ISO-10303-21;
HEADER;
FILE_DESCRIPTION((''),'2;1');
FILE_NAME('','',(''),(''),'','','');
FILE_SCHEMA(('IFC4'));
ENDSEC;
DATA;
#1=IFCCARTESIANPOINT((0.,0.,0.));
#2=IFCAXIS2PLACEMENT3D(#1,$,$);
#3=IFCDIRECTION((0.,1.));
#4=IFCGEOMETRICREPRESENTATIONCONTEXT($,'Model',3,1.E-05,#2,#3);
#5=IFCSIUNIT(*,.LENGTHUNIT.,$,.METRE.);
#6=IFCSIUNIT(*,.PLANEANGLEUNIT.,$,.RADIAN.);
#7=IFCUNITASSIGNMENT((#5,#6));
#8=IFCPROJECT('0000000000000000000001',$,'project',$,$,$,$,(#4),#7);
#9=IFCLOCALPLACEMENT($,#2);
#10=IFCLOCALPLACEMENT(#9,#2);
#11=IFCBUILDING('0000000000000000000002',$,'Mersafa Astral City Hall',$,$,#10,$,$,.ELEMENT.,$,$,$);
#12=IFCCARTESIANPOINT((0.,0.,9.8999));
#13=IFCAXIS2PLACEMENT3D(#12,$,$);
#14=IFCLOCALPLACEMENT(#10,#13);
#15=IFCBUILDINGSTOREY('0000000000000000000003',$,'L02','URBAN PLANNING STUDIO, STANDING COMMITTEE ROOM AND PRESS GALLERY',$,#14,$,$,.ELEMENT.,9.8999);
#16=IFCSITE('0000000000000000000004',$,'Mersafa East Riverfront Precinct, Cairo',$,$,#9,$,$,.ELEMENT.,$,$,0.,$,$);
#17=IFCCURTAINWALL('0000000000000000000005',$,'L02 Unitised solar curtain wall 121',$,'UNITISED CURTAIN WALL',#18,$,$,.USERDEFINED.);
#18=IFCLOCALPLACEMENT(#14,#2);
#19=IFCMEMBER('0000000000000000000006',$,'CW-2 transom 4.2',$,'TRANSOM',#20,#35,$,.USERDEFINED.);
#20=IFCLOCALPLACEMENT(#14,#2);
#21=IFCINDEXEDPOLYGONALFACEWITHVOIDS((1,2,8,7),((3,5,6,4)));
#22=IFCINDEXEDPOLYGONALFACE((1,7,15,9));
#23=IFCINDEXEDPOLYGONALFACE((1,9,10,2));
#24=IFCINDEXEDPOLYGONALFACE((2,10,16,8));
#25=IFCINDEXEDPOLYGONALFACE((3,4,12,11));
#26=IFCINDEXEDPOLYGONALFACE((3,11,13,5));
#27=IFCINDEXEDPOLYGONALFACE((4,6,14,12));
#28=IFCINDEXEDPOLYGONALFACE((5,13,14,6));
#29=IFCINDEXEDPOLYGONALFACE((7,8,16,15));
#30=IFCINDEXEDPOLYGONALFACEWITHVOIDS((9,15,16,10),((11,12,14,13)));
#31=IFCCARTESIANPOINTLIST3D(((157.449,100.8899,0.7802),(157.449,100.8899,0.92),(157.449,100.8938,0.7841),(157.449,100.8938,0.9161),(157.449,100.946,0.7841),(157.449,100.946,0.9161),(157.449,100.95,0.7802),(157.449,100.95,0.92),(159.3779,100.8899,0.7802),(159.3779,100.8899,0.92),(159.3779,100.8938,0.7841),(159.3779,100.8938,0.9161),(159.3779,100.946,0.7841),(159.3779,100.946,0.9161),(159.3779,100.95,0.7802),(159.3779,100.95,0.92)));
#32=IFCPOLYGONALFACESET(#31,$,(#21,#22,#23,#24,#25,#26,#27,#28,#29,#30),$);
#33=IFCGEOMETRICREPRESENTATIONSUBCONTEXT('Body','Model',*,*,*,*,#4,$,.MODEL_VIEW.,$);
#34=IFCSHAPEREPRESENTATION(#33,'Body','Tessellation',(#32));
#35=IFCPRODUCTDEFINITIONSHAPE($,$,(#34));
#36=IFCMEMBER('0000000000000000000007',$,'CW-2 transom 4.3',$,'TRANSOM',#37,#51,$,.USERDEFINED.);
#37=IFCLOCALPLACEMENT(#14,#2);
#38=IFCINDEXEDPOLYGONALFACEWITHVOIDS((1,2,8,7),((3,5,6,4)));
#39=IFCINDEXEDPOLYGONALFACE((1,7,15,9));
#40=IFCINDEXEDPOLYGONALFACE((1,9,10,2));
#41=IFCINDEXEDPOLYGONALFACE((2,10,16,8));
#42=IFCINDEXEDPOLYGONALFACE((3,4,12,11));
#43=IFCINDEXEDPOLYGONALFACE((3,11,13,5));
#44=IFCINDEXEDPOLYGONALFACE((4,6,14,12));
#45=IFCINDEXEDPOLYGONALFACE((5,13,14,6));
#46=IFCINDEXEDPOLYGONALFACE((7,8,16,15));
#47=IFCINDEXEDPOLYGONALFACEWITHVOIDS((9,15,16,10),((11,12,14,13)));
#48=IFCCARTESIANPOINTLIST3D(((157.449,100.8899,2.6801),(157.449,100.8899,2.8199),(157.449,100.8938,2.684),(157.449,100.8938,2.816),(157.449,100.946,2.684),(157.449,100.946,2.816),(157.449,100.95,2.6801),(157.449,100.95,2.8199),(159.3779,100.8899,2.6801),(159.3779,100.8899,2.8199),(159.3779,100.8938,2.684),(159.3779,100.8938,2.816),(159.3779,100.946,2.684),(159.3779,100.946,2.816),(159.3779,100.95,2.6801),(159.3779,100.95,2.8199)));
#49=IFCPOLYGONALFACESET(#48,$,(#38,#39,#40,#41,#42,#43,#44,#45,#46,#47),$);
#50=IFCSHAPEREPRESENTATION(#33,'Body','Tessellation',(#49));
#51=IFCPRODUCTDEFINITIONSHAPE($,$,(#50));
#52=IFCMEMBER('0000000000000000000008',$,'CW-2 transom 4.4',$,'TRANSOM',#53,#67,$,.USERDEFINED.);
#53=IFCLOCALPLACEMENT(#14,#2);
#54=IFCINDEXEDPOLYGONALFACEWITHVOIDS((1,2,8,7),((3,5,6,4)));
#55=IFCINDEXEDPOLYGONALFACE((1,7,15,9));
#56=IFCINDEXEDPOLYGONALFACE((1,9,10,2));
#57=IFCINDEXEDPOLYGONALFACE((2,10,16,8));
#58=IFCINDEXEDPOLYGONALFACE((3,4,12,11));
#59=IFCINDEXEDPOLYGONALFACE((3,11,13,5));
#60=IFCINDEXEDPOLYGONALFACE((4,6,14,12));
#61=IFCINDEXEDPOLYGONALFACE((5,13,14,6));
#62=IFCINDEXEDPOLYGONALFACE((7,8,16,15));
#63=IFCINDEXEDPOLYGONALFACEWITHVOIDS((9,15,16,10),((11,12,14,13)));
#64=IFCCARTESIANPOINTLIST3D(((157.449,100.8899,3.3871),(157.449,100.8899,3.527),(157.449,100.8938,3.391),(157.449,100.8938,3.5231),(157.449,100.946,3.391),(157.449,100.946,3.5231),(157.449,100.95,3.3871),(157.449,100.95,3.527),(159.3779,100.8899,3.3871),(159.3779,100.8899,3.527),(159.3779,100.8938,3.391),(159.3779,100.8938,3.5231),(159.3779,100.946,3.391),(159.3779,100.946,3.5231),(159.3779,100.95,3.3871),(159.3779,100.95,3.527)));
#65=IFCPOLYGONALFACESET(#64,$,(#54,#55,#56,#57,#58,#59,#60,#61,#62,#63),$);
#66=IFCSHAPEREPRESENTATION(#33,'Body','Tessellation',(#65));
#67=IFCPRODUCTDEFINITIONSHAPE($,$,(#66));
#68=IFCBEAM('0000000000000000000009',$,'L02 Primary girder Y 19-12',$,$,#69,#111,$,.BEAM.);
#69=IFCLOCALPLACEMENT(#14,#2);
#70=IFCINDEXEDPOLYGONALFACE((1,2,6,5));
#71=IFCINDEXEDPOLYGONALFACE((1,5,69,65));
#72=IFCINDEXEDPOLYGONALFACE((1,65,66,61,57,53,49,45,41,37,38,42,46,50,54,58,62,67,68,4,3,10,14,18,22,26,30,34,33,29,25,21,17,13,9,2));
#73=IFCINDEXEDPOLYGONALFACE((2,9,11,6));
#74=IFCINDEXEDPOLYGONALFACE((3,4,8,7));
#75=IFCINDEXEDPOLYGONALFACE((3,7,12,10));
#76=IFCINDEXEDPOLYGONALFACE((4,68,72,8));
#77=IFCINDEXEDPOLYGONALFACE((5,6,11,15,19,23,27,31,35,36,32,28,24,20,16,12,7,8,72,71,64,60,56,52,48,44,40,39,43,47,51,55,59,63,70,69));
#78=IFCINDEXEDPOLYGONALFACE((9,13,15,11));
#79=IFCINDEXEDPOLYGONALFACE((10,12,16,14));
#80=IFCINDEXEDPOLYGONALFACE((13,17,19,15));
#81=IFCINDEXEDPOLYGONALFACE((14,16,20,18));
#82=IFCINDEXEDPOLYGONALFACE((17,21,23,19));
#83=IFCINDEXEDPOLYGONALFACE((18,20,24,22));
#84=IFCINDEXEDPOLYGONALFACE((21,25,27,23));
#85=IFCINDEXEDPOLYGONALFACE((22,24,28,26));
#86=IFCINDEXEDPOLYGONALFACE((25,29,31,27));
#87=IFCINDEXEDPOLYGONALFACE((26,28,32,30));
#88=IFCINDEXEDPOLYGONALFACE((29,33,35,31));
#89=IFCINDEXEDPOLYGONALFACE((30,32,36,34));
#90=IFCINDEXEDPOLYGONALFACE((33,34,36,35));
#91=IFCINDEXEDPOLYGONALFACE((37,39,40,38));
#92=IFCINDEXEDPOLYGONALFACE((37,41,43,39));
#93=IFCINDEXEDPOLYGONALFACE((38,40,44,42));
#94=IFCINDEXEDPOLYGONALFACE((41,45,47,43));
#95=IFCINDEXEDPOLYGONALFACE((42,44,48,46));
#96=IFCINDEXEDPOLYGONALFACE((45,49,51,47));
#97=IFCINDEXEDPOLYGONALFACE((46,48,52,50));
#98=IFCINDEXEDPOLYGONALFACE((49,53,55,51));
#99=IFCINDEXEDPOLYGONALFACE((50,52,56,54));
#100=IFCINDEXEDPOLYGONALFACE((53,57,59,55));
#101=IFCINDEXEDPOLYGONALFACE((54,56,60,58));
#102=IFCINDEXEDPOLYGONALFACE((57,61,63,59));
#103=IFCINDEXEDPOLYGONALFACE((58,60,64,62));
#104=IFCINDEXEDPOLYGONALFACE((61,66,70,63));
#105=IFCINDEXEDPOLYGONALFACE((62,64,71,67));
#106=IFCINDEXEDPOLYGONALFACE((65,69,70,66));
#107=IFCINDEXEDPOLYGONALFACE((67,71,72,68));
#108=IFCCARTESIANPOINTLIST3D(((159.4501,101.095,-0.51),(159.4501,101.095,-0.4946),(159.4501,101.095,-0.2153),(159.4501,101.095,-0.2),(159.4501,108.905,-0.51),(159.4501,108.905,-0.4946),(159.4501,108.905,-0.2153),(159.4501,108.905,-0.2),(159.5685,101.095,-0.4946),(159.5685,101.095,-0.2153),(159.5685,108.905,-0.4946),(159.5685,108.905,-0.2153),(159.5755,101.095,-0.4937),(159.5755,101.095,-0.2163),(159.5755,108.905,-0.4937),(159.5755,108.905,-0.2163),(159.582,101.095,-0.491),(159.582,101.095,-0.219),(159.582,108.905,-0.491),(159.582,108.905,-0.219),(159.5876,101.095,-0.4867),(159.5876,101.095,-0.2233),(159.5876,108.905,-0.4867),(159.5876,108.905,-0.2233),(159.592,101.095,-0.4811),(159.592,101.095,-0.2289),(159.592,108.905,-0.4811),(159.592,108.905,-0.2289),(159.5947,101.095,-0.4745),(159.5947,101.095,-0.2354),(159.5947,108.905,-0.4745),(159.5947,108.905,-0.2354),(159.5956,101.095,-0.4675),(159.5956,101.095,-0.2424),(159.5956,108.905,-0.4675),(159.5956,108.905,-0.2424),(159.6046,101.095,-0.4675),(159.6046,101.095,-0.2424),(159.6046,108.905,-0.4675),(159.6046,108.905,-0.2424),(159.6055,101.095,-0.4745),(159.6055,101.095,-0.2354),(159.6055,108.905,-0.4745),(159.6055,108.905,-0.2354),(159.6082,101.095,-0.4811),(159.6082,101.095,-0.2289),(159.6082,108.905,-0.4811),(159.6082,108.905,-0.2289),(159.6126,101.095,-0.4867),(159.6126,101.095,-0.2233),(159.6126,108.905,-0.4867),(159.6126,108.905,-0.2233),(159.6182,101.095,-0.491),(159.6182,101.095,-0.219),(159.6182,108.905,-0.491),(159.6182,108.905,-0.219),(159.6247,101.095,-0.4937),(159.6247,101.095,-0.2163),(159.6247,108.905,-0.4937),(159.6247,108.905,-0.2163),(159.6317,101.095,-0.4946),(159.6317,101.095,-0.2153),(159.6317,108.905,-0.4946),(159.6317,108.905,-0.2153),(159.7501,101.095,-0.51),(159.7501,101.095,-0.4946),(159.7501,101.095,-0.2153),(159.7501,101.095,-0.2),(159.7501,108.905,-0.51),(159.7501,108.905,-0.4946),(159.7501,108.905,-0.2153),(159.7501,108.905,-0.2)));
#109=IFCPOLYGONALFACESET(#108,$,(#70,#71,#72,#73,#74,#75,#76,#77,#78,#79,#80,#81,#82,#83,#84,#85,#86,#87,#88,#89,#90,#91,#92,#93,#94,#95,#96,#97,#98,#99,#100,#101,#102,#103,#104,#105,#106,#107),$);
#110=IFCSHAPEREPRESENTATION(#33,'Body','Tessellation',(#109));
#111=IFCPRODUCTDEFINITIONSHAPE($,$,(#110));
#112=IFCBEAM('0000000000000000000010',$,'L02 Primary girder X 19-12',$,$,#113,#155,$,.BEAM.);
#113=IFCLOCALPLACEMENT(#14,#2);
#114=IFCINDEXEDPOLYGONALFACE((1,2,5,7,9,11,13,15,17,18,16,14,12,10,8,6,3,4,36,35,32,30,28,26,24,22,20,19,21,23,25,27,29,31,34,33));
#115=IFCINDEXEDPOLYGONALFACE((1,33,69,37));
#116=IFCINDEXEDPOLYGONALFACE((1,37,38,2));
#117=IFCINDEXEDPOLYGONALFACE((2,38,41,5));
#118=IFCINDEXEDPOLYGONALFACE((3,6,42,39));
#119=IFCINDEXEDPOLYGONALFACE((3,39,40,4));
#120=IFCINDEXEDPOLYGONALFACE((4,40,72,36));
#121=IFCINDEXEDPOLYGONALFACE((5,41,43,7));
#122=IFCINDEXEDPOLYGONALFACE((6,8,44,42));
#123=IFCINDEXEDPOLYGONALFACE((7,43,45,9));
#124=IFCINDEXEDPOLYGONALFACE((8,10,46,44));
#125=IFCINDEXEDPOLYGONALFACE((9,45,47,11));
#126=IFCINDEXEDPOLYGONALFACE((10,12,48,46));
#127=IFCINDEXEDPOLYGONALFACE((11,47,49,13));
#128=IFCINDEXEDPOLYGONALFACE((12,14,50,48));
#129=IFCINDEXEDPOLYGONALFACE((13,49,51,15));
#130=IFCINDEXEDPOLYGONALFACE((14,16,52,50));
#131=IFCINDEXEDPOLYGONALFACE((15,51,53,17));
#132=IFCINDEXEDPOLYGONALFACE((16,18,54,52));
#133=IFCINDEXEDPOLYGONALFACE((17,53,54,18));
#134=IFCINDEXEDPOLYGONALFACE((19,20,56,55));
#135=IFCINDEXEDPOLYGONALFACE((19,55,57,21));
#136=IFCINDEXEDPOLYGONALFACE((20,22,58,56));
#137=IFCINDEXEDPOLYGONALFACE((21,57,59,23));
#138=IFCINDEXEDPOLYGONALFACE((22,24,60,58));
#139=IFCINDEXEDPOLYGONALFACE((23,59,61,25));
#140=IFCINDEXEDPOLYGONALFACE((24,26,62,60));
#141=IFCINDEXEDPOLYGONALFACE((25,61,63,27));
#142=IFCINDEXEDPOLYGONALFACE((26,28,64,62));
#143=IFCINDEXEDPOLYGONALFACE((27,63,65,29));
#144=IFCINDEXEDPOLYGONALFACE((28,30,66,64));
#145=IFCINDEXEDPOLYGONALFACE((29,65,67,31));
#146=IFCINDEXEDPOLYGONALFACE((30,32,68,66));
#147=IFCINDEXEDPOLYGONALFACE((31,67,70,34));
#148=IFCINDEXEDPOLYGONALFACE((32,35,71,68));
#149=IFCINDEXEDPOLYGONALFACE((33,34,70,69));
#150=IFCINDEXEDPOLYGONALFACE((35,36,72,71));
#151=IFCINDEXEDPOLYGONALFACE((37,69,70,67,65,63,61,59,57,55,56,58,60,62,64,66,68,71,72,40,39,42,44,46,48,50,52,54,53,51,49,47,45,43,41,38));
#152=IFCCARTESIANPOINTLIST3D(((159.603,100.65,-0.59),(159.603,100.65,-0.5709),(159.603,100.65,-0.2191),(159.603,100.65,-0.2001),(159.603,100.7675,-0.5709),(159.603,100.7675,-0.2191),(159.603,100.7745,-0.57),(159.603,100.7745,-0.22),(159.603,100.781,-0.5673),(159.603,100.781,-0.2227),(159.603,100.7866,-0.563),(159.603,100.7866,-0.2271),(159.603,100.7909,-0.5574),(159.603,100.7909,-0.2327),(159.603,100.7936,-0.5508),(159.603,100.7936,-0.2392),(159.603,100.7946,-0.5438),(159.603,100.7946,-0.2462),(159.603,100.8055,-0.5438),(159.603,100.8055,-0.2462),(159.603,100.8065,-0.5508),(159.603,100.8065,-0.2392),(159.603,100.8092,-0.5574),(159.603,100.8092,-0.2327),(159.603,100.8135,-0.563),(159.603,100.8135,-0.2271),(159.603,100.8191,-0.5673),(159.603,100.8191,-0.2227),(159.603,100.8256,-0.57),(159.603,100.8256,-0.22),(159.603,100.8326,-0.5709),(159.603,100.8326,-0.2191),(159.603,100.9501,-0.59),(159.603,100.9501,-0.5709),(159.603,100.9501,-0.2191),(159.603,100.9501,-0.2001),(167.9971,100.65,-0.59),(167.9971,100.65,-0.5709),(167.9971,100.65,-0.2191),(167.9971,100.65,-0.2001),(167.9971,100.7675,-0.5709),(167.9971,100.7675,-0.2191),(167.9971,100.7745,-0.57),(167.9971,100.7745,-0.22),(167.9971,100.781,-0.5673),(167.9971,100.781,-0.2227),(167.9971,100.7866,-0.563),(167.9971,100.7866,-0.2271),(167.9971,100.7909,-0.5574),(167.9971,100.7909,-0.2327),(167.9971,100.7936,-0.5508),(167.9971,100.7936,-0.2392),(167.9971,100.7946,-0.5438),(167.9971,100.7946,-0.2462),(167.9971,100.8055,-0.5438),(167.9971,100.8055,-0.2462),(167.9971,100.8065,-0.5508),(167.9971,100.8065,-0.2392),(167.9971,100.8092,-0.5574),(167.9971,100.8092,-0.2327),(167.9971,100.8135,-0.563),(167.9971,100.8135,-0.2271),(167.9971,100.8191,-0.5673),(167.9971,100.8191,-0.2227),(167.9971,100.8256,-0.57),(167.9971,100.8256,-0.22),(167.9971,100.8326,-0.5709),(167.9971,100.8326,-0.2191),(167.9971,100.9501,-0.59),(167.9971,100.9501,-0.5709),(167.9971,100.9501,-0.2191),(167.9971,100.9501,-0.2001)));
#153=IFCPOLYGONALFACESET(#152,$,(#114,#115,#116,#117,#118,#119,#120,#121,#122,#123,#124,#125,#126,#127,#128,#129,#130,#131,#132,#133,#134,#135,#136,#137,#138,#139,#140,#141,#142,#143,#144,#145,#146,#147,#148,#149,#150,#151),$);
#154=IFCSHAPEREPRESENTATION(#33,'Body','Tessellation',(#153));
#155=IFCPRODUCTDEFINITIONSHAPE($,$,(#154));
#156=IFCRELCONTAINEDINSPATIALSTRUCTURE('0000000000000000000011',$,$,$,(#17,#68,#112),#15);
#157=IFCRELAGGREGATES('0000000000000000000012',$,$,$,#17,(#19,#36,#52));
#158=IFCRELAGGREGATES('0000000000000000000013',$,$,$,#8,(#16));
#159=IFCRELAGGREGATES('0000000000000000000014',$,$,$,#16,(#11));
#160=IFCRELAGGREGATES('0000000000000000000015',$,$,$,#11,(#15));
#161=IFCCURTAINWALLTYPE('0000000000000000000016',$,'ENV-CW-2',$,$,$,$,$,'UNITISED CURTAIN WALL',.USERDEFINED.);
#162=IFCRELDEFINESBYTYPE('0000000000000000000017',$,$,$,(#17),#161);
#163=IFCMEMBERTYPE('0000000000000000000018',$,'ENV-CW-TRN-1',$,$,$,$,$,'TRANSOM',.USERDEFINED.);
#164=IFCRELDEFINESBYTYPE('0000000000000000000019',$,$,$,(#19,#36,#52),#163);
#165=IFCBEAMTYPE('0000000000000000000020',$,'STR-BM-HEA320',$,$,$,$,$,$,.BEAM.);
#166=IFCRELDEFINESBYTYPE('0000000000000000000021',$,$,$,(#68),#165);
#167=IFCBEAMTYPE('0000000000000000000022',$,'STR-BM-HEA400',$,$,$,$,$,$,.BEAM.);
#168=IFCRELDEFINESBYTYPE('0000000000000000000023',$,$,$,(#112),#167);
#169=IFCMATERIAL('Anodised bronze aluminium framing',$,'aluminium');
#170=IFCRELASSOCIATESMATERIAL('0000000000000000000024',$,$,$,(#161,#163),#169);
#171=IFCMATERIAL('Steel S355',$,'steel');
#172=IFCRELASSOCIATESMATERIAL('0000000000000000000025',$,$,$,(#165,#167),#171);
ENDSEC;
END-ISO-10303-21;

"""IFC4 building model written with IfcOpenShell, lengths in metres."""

from ifc_helpers import new_model, si_unit, direction, frame, origin, origin_2d, place, context, subcontext, project, spatial, hollow_rectangle, i_section, extrude, material, material_profile, profile_set, type_object, element, aggregate, save


model = new_model("IFC4")

# Units and contexts
model_context = context("Model", 3, precision=1e-05, world=origin(), true_north=direction((0.0, 1.0)))
body_context = subcontext(model_context, "Body", "Model", "MODEL_VIEW")
ifc_project = project(units=[si_unit("LENGTHUNIT", "METRE"), si_unit("PLANEANGLEUNIT", "RADIAN")], contexts=[model_context])

# Site, building, storey
site_placement = place(None, origin())
site = spatial("IfcSite", under=ifc_project, at=site_placement, Name="Mersafa East Riverfront Precinct, Cairo", CompositionType="ELEMENT", RefElevation=0.0)
building_placement = place(site_placement, origin())
building = spatial("IfcBuilding", under=site, at=building_placement, Name="Mersafa Astral City Hall", CompositionType="ELEMENT")
storey_placement = place(building_placement, frame((0.0, 0.0, 9.8999)))
storey = spatial("IfcBuildingStorey", under=building, at=storey_placement, Name="L02", Description="URBAN PLANNING STUDIO, STANDING COMMITTEE ROOM AND PRESS GALLERY", CompositionType="ELEMENT", Elevation=9.8999)

# Shared definitions
ifc_material_1 = material(Name="Steel S355", Category="steel")

# Curtain wall, members
ifc_material_2 = material(Name="Anodised bronze aluminium framing", Category="aluminium")
curtain_wall_type = type_object("IfcCurtainWallType", Name="ENV-CW-2", ElementType="UNITISED CURTAIN WALL", PredefinedType="USERDEFINED", material=ifc_material_2)
curtain_wall_placement = place(storey_placement, origin())
curtain_wall = element("IfcCurtainWall", 1, at=curtain_wall_placement, inside=storey, type_object=curtain_wall_type, Name="L02 Unitised solar curtain wall 121", ObjectType="UNITISED CURTAIN WALL", PredefinedType="USERDEFINED")
ifc_material_profile_1 = material_profile(ifc_material_2, hollow_rectangle(XDim=0.0601, YDim=0.1399, WallThickness=0.0039, at=origin_2d()), Name="RHS 60x140x4")
ifc_profile_set_1 = profile_set([ifc_material_profile_1], Name="Anodised bronze aluminium framing")
member_type_1 = type_object("IfcMemberType", Name="ENV-CW-TRN-1", ElementType="TRANSOM", PredefinedType="USERDEFINED", material=ifc_profile_set_1)
member_1_placement = place(storey_placement, frame((157.449, 100.9199, 0.8501), z_axis=(1.0, 0.0, 0.0), x_axis=(0.0, 1.0, 0.0)))
member_1 = element("IfcMember", 2, at=member_1_placement, type_object=member_type_1, Name="CW-2 transom 4.2", ObjectType="TRANSOM", PredefinedType="USERDEFINED", context=body_context, shape_type="SweptSolid", body=[
    extrude(hollow_rectangle(XDim=0.0601, YDim=0.1399, WallThickness=0.0039, at=origin_2d()), origin(), (0.0, 0.0, 1.0), 1.929),
])
member_2_placement = place(storey_placement, frame((157.449, 100.9199, 2.75), z_axis=(1.0, 0.0, 0.0), x_axis=(0.0, 1.0, 0.0)))
member_2 = element("IfcMember", 3, at=member_2_placement, type_object=member_type_1, Name="CW-2 transom 4.3", ObjectType="TRANSOM", PredefinedType="USERDEFINED", context=body_context, shape_type="SweptSolid", body=[
    extrude(hollow_rectangle(XDim=0.0601, YDim=0.1399, WallThickness=0.0039, at=origin_2d()), origin(), (0.0, 0.0, 1.0), 1.929),
])
member_3_placement = place(storey_placement, frame((157.449, 100.9199, 3.457), z_axis=(1.0, 0.0, 0.0), x_axis=(0.0, 1.0, 0.0)))
member_3 = element("IfcMember", 4, at=member_3_placement, type_object=member_type_1, Name="CW-2 transom 4.4", ObjectType="TRANSOM", PredefinedType="USERDEFINED", context=body_context, shape_type="SweptSolid", body=[
    extrude(hollow_rectangle(XDim=0.0601, YDim=0.1399, WallThickness=0.0039, at=origin_2d()), origin(), (0.0, 0.0, 1.0), 1.929),
])

# Beams
ifc_material_profile_2 = material_profile(ifc_material_1, i_section(OverallWidth=0.3, OverallDepth=0.3101, WebThickness=0.009, FlangeThickness=0.0154, FilletRadius=0.0271, at=origin_2d()), Name="HEA 320")
ifc_profile_set_2 = profile_set([ifc_material_profile_2], Name="Steel S355")
beam_type_1 = type_object("IfcBeamType", Name="STR-BM-HEA320", PredefinedType="BEAM", material=ifc_profile_set_2)
beam_1_placement = place(storey_placement, frame((159.6001, 101.095, -0.355), z_axis=(0.0, 1.0, 0.0), x_axis=(-1.0, 0.0, 0.0)))
element("IfcBeam", 5, at=beam_1_placement, inside=storey, type_object=beam_type_1, Name="L02 Primary girder Y 19-12", PredefinedType="BEAM", context=body_context, shape_type="SweptSolid", body=[
    extrude(i_section(OverallWidth=0.3, OverallDepth=0.3101, WebThickness=0.009, FlangeThickness=0.0154, FilletRadius=0.0271, at=origin_2d()), origin(), (0.0, 0.0, 1.0), 7.8101),
])
ifc_material_profile_3 = material_profile(ifc_material_1, i_section(OverallWidth=0.3, OverallDepth=0.3899, WebThickness=0.011, FlangeThickness=0.019, FilletRadius=0.0271, at=origin_2d()), Name="HEA 400")
ifc_profile_set_3 = profile_set([ifc_material_profile_3], Name="Steel S355")
beam_type_2 = type_object("IfcBeamType", Name="STR-BM-HEA400", PredefinedType="BEAM", material=ifc_profile_set_3)
beam_2_placement = place(storey_placement, frame((159.603, 100.8, -0.395), z_axis=(1.0, 0.0, 0.0), x_axis=(0.0, 1.0, 0.0)))
element("IfcBeam", 6, at=beam_2_placement, inside=storey, type_object=beam_type_2, Name="L02 Primary girder X 19-12", PredefinedType="BEAM", context=body_context, shape_type="SweptSolid", body=[
    extrude(i_section(OverallWidth=0.3, OverallDepth=0.3899, WebThickness=0.011, FlangeThickness=0.019, FilletRadius=0.0271, at=origin_2d()), origin(), (0.0, 0.0, 1.0), 8.394),
])

aggregate(curtain_wall, [member_1, member_2, member_3])

save(model, "model.ifc")
